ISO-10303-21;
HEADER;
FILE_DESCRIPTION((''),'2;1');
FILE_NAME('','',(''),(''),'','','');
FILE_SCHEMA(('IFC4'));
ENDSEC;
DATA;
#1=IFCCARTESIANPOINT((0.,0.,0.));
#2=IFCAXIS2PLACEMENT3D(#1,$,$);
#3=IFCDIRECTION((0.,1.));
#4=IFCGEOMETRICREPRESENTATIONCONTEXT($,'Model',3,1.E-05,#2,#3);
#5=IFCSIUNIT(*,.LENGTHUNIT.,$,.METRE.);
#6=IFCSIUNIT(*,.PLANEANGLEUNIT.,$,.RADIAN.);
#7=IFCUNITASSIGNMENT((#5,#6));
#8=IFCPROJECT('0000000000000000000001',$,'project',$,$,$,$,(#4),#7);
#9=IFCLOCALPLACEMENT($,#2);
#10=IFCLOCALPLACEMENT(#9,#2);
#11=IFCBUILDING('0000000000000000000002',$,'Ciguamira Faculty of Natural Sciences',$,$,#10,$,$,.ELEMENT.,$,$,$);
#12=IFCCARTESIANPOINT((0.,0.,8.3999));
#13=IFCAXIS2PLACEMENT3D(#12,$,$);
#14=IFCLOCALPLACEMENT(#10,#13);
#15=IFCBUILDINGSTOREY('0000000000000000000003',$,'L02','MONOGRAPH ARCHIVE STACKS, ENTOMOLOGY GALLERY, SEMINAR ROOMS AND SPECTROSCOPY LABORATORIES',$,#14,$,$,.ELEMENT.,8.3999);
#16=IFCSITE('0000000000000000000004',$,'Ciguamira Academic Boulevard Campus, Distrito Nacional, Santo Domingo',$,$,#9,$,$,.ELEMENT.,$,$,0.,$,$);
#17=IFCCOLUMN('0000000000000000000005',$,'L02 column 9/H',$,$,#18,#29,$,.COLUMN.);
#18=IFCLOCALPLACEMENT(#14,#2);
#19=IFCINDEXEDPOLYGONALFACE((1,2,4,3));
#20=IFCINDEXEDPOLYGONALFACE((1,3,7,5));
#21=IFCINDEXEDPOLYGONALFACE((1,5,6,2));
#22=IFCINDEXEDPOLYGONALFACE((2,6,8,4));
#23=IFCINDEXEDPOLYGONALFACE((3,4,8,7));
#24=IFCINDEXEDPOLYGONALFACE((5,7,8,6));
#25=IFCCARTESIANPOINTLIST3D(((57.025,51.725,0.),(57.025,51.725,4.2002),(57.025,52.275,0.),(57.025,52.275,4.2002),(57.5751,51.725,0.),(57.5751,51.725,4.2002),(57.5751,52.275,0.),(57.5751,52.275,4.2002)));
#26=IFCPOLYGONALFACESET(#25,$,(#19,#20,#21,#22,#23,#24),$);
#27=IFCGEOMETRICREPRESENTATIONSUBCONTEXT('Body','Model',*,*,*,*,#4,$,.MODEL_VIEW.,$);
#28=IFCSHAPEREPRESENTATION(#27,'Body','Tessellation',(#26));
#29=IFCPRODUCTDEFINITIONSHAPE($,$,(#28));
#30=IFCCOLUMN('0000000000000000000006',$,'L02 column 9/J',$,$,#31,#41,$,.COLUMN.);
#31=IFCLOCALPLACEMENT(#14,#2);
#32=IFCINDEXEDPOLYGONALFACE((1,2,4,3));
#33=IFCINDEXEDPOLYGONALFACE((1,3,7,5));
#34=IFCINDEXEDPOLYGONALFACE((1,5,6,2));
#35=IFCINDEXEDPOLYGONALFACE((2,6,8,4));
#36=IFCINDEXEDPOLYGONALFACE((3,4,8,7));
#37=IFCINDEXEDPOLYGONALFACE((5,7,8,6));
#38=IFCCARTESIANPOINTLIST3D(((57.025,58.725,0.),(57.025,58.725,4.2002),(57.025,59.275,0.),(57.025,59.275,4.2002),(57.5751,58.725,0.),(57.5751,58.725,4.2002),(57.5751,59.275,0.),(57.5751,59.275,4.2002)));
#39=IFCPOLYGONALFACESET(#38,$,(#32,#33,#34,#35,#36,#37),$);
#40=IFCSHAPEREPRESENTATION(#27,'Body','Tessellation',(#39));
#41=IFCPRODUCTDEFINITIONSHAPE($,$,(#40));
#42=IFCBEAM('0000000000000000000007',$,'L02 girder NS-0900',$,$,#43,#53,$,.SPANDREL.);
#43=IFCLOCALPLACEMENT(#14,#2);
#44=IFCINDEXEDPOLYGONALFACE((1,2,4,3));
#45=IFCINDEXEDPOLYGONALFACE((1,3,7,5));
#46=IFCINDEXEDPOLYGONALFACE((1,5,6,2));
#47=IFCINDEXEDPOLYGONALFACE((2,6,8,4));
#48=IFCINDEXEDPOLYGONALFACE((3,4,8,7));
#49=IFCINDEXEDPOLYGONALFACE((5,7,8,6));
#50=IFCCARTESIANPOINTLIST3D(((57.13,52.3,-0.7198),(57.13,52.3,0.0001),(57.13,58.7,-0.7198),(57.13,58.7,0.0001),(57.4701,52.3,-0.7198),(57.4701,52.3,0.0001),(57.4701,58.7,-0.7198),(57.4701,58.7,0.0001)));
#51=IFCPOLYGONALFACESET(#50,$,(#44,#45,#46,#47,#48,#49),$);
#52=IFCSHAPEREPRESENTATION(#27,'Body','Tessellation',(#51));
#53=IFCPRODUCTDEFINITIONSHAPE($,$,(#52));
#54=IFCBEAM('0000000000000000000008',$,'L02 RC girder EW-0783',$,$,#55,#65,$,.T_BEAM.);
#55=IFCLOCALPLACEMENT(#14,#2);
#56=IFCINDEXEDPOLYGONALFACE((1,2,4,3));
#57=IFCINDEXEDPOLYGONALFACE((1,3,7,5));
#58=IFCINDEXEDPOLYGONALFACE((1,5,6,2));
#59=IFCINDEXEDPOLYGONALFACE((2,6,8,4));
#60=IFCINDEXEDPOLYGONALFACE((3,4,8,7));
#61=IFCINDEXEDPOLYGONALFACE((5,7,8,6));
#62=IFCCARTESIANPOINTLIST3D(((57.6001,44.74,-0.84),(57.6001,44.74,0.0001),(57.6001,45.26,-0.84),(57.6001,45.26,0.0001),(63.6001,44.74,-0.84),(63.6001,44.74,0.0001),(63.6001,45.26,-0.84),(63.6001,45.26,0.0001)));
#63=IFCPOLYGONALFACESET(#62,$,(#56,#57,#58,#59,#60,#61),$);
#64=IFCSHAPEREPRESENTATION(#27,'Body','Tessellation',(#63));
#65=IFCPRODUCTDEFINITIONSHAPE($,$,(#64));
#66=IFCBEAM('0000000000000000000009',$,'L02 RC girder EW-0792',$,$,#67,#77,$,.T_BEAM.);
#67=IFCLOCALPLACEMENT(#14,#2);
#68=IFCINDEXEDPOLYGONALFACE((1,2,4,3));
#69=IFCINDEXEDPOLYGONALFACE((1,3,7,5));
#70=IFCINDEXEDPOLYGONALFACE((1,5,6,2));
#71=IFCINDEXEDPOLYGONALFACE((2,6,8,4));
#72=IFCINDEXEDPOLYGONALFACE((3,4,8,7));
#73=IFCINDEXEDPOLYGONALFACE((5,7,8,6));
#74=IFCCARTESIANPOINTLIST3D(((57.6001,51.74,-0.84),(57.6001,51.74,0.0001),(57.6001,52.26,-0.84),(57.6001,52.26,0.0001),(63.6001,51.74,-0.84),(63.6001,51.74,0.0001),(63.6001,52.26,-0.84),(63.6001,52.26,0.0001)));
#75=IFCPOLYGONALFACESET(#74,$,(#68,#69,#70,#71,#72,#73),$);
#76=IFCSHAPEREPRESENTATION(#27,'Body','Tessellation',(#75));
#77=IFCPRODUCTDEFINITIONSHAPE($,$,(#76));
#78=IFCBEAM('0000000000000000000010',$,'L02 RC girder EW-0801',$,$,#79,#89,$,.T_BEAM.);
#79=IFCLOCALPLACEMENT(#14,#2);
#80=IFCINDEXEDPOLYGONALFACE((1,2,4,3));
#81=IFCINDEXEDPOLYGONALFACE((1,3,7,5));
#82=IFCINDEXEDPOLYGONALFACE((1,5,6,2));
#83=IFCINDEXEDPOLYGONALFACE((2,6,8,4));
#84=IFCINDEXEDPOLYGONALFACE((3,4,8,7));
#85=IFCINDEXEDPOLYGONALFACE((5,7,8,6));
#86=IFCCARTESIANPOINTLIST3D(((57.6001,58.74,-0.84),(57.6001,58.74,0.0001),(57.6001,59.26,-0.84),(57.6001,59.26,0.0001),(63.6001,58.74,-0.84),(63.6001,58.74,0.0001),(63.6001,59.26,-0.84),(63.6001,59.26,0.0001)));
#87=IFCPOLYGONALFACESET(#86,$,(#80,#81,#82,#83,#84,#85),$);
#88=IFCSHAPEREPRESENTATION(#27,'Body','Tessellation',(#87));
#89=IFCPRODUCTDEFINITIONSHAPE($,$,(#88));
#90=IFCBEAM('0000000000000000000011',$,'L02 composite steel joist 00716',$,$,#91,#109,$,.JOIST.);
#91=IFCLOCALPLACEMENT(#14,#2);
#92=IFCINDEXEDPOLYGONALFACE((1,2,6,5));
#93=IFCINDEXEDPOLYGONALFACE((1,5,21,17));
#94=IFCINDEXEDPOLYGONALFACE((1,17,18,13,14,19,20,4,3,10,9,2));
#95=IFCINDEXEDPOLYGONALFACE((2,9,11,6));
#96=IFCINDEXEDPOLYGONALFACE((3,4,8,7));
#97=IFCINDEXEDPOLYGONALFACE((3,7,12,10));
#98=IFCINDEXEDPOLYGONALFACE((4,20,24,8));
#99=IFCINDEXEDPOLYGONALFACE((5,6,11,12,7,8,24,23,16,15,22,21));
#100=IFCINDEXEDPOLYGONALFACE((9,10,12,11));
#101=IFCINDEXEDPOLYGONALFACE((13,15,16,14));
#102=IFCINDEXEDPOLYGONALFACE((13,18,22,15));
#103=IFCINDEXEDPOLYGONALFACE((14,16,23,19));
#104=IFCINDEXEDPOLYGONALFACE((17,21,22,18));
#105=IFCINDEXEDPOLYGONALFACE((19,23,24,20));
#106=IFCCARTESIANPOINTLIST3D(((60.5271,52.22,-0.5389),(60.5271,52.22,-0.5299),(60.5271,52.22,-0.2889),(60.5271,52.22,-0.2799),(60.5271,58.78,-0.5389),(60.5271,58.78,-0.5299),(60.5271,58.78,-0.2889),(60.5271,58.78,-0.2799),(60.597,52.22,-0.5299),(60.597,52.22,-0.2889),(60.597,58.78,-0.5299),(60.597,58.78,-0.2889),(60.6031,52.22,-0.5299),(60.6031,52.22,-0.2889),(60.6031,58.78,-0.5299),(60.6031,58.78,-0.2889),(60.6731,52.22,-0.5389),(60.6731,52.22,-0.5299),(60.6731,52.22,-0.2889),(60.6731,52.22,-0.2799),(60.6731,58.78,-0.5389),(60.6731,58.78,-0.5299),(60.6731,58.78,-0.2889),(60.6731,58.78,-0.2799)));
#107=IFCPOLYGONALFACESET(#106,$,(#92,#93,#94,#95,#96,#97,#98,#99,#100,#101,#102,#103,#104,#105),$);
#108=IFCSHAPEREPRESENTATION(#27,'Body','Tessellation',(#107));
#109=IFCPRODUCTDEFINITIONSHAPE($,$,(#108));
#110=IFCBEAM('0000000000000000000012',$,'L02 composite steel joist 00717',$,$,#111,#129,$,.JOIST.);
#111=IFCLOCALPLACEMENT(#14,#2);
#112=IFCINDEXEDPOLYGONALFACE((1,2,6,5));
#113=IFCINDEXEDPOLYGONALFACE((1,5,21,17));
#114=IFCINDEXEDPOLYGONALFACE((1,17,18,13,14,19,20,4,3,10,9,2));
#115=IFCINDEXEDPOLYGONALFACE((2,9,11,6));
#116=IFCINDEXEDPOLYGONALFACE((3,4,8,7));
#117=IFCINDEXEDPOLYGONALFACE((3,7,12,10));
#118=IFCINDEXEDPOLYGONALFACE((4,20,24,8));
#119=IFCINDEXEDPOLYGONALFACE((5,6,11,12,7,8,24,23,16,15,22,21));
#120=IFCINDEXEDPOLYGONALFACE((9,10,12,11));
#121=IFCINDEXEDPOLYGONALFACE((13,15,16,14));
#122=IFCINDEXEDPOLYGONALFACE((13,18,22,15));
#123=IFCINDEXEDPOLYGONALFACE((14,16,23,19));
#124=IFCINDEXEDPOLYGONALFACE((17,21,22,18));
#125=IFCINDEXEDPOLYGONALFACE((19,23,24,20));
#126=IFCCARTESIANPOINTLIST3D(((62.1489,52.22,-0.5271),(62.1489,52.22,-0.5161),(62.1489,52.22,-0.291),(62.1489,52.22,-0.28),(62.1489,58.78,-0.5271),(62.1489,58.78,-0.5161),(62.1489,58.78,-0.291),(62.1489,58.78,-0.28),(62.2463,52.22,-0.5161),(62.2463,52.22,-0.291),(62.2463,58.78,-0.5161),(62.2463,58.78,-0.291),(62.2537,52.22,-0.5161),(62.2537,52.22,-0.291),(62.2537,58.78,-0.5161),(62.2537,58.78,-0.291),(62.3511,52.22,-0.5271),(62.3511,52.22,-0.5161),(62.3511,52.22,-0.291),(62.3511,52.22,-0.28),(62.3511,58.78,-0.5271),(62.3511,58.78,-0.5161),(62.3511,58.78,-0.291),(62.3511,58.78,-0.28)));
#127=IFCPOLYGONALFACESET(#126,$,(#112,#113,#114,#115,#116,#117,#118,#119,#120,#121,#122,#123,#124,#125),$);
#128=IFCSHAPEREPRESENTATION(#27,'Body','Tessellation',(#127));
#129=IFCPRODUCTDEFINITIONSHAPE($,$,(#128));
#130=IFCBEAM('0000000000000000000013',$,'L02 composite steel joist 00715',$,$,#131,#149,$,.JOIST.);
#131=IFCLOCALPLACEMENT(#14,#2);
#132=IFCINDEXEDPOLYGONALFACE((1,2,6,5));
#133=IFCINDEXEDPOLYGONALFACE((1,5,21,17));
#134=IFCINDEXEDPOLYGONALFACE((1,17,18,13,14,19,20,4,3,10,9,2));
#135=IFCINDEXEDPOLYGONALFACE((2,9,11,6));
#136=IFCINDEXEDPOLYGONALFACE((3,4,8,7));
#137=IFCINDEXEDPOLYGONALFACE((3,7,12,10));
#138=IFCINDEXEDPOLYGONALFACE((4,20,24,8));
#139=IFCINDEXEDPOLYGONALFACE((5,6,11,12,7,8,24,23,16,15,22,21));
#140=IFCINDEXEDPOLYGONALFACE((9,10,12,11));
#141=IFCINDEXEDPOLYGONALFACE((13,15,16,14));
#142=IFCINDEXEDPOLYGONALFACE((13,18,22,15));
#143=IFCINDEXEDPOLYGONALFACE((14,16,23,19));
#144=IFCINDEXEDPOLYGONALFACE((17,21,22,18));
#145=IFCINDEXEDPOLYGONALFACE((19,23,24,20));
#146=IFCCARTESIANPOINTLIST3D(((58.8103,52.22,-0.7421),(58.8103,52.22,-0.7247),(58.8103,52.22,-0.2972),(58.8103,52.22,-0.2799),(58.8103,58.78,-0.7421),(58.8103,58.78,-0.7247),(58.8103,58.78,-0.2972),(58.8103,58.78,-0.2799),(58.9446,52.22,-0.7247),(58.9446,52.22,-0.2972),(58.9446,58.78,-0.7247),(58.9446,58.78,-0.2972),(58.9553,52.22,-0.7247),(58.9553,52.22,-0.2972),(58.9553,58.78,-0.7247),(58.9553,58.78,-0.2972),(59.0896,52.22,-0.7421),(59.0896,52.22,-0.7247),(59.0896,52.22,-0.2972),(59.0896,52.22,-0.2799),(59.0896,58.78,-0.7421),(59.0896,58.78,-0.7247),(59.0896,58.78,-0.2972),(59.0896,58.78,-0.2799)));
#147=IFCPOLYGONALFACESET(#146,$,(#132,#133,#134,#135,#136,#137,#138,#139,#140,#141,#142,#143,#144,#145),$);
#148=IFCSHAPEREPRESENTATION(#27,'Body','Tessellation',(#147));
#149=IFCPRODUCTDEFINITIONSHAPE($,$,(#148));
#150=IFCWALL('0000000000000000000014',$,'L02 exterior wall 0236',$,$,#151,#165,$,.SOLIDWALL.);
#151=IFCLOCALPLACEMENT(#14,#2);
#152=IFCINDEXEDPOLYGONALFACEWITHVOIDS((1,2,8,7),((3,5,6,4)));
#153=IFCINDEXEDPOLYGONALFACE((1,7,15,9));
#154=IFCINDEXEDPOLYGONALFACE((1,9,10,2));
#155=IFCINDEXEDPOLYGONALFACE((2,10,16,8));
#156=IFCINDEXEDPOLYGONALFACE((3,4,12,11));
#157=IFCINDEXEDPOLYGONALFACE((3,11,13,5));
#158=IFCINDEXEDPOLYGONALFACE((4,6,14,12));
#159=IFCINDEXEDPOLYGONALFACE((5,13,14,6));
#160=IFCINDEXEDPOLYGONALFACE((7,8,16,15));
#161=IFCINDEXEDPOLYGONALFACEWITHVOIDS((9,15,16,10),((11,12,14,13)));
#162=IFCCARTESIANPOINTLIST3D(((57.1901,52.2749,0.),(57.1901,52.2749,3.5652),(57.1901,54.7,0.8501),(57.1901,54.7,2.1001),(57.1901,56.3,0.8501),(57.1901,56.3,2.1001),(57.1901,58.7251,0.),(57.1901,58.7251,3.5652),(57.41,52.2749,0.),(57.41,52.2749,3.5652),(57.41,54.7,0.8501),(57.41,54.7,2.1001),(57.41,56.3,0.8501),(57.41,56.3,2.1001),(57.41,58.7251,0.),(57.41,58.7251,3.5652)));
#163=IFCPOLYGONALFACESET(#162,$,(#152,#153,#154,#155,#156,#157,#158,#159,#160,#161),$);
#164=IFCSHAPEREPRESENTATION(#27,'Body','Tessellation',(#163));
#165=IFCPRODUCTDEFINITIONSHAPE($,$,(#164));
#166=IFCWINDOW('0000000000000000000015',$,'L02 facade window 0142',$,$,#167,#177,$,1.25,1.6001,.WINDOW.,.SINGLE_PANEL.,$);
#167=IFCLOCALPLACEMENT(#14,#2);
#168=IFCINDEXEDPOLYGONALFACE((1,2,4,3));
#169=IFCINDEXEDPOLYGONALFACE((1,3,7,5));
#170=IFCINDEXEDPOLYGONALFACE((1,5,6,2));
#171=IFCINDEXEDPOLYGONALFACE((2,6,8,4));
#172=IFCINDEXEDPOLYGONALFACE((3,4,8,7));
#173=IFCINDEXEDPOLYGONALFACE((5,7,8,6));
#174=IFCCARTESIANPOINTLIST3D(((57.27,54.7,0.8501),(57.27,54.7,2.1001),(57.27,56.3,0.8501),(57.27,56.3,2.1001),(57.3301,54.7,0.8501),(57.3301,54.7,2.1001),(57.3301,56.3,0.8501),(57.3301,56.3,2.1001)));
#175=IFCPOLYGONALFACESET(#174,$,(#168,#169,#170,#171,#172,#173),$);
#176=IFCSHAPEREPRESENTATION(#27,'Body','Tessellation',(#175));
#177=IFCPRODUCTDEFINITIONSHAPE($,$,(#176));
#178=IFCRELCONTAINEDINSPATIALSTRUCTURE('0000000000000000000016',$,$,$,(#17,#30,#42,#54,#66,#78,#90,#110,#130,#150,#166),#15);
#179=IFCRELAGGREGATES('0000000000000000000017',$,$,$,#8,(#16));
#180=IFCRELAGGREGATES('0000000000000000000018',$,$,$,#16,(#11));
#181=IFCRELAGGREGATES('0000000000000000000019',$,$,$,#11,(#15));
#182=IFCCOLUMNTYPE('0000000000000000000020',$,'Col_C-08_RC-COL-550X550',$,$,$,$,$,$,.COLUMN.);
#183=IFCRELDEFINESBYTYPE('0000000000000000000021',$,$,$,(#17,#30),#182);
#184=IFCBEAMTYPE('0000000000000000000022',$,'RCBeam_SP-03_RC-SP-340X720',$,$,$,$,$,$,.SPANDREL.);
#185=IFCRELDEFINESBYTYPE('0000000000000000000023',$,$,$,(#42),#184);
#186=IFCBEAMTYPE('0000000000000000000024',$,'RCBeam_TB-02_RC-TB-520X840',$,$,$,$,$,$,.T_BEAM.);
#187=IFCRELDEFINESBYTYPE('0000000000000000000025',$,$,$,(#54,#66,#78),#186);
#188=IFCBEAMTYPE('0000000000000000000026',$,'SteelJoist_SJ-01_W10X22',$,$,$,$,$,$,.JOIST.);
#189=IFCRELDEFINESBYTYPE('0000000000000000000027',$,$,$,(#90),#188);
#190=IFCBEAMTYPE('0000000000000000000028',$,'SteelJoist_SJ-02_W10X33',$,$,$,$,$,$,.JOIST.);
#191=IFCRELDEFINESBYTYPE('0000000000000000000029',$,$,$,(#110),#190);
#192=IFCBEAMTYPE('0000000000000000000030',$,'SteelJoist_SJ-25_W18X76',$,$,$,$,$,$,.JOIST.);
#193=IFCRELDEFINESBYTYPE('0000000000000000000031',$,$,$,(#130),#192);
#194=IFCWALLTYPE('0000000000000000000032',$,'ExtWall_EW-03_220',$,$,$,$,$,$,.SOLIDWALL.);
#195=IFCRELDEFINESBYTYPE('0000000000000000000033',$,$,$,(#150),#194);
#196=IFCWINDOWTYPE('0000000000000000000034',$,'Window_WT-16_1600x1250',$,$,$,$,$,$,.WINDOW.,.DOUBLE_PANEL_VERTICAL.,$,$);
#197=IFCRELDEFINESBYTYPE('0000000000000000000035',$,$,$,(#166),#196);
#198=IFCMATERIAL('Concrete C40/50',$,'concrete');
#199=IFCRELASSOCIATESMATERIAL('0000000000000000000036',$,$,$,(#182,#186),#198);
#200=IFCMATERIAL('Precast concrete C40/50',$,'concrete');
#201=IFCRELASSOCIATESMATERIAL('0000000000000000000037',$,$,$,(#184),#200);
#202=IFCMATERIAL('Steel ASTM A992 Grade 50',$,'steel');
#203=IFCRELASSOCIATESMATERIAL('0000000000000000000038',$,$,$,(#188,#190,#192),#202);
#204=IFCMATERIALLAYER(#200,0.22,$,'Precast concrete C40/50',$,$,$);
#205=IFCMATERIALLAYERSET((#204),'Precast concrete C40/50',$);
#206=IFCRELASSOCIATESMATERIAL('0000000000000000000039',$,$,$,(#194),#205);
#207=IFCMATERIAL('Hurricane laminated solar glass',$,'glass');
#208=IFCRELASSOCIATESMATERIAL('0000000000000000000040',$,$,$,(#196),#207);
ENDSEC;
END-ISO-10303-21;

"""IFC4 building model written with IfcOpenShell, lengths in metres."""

from ifc_helpers import new_model, si_unit, direction, frame, frame_2d, origin, origin_2d, place, context, subcontext, project, spatial, rectangle, i_section, extrude, material, layer, layer_set, material_profile, profile_set, type_object, element, fill, save


model = new_model("IFC4")

# Units and contexts
model_context = context("Model", 3, precision=1e-05, world=origin(), true_north=direction((0.0, 1.0)))
body_context = subcontext(model_context, "Body", "Model", "MODEL_VIEW")
ifc_project = project(units=[si_unit("LENGTHUNIT", "METRE"), si_unit("PLANEANGLEUNIT", "RADIAN")], contexts=[model_context])

# Site, building, storey
site_placement = place(None, origin())
site = spatial("IfcSite", under=ifc_project, at=site_placement, Name="Ciguamira Academic Boulevard Campus, Distrito Nacional, Santo Domingo", CompositionType="ELEMENT", RefElevation=0.0)
building_placement = place(site_placement, origin())
building = spatial("IfcBuilding", under=site, at=building_placement, Name="Ciguamira Faculty of Natural Sciences", CompositionType="ELEMENT")
storey_placement = place(building_placement, frame((0.0, 0.0, 8.3999)))
storey = spatial("IfcBuildingStorey", under=building, at=storey_placement, Name="L02", Description="MONOGRAPH ARCHIVE STACKS, ENTOMOLOGY GALLERY, SEMINAR ROOMS AND SPECTROSCOPY LABORATORIES", CompositionType="ELEMENT", Elevation=8.3999)

# Columns
ifc_material_1 = material(Name="Concrete C40/50", Category="concrete")
ifc_material_profile_1 = material_profile(ifc_material_1, rectangle(XDim=0.55, YDim=0.55, at=origin_2d()), Name="RC-COL-550X550")
ifc_profile_set_1 = profile_set([ifc_material_profile_1], Name="Concrete C40/50")
column_type = type_object("IfcColumnType", Name="Col_C-08_RC-COL-550X550", PredefinedType="COLUMN", material=ifc_profile_set_1)
for number, where, z_axis, x_axis, name in (
    (1, (57.3, 52.0, 0.0), (0.0, 0.0, 1.0), (1.0, 0.0, 0.0), "L02 column 9/H"),
    (2, (57.3, 59.0, 0.0), (0.0, 0.0, 1.0), (1.0, 0.0, 0.0), "L02 column 9/J"),
):
    element("IfcColumn", number, at=place(storey_placement, frame(where, z_axis=z_axis, x_axis=x_axis)), inside=storey, type_object=column_type, Name=name, PredefinedType="COLUMN", context=body_context, shape_type="SweptSolid", body=[
        extrude(rectangle(XDim=0.55, YDim=0.55, at=origin_2d()), origin(), (0.0, 0.0, 1.0), 4.2002),
    ])

# Beams
ifc_material_2 = material(Name="Precast concrete C40/50", Category="concrete")
ifc_material_profile_2 = material_profile(ifc_material_2, rectangle(XDim=0.3401, YDim=0.72, at=origin_2d()), Name="RC-SP-340X720")
ifc_profile_set_2 = profile_set([ifc_material_profile_2], Name="Precast concrete C40/50")
beam_type_1 = type_object("IfcBeamType", Name="RCBeam_SP-03_RC-SP-340X720", PredefinedType="SPANDREL", material=ifc_profile_set_2)
beam_1_placement = place(storey_placement, frame((57.3, 52.3, -0.3599), z_axis=(0.0, 1.0, 0.0), x_axis=(-1.0, 0.0, 0.0)))
element("IfcBeam", 3, at=beam_1_placement, inside=storey, type_object=beam_type_1, Name="L02 girder NS-0900", PredefinedType="SPANDREL", context=body_context, shape_type="SweptSolid", body=[
    extrude(rectangle(XDim=0.3401, YDim=0.72, at=origin_2d()), origin(), (0.0, 0.0, 1.0), 6.3999),
])
ifc_material_profile_3 = material_profile(ifc_material_1, rectangle(XDim=0.52, YDim=0.8401, at=origin_2d()), Name="RC-TB-520X840")
ifc_profile_set_3 = profile_set([ifc_material_profile_3], Name="Concrete C40/50")
beam_type_2 = type_object("IfcBeamType", Name="RCBeam_TB-02_RC-TB-520X840", PredefinedType="T_BEAM", material=ifc_profile_set_3)
for number, where, z_axis, x_axis, name in (
    (4, (57.6001, 45.0, -0.4199), (1.0, 0.0, 0.0), (0.0, 1.0, 0.0), "L02 RC girder EW-0783"),
    (5, (57.6001, 52.0, -0.4199), (1.0, 0.0, 0.0), (0.0, 1.0, 0.0), "L02 RC girder EW-0792"),
    (6, (57.6001, 59.0, -0.4199), (1.0, 0.0, 0.0), (0.0, 1.0, 0.0), "L02 RC girder EW-0801"),
):
    element("IfcBeam", number, at=place(storey_placement, frame(where, z_axis=z_axis, x_axis=x_axis)), inside=storey, type_object=beam_type_2, Name=name, PredefinedType="T_BEAM", context=body_context, shape_type="SweptSolid", body=[
        extrude(rectangle(XDim=0.52, YDim=0.8401, at=origin_2d()), origin(), (0.0, 0.0, 1.0), 6.0),
    ])
ifc_material_3 = material(Name="Steel ASTM A992 Grade 50", Category="steel")
ifc_material_profile_4 = material_profile(ifc_material_3, i_section(OverallWidth=0.146, OverallDepth=0.259, WebThickness=0.0061, FlangeThickness=0.009, at=origin_2d()), Name="W10X22")
ifc_profile_set_4 = profile_set([ifc_material_profile_4], Name="Steel ASTM A992 Grade 50")
beam_type_3 = type_object("IfcBeamType", Name="SteelJoist_SJ-01_W10X22", PredefinedType="JOIST", material=ifc_profile_set_4)
beam_2_placement = place(storey_placement, frame((60.6001, 52.22, -0.4094), z_axis=(0.0, 1.0, 0.0), x_axis=(-1.0, 0.0, 0.0)))
element("IfcBeam", 7, at=beam_2_placement, inside=storey, type_object=beam_type_3, Name="L02 composite steel joist 00716", PredefinedType="JOIST", context=body_context, shape_type="SweptSolid", body=[
    extrude(i_section(OverallWidth=0.146, OverallDepth=0.259, WebThickness=0.0061, FlangeThickness=0.009, at=origin_2d()), origin(), (0.0, 0.0, 1.0), 6.5601),
])
ifc_material_profile_5 = material_profile(ifc_material_3, i_section(OverallWidth=0.2021, OverallDepth=0.2471, WebThickness=0.0073, FlangeThickness=0.011, at=origin_2d()), Name="W10X33")
ifc_profile_set_5 = profile_set([ifc_material_profile_5], Name="Steel ASTM A992 Grade 50")
beam_type_4 = type_object("IfcBeamType", Name="SteelJoist_SJ-02_W10X33", PredefinedType="JOIST", material=ifc_profile_set_5)
beam_3_placement = place(storey_placement, frame((62.25, 52.22, -0.4036), z_axis=(0.0, 1.0, 0.0), x_axis=(-1.0, 0.0, 0.0)))
element("IfcBeam", 8, at=beam_3_placement, inside=storey, type_object=beam_type_4, Name="L02 composite steel joist 00717", PredefinedType="JOIST", context=body_context, shape_type="SweptSolid", body=[
    extrude(i_section(OverallWidth=0.2021, OverallDepth=0.2471, WebThickness=0.0073, FlangeThickness=0.011, at=origin_2d()), origin(), (0.0, 0.0, 1.0), 6.5601),
])
ifc_material_profile_6 = material_profile(ifc_material_3, i_section(OverallWidth=0.2793, OverallDepth=0.4622, WebThickness=0.0107, FlangeThickness=0.0173, at=origin_2d()), Name="W18X76")
ifc_profile_set_6 = profile_set([ifc_material_profile_6], Name="Steel ASTM A992 Grade 50")
beam_type_5 = type_object("IfcBeamType", Name="SteelJoist_SJ-25_W18X76", PredefinedType="JOIST", material=ifc_profile_set_6)
beam_4_placement = place(storey_placement, frame((58.95, 52.22, -0.511), z_axis=(0.0, 1.0, 0.0), x_axis=(-1.0, 0.0, 0.0)))
element("IfcBeam", 9, at=beam_4_placement, inside=storey, type_object=beam_type_5, Name="L02 composite steel joist 00715", PredefinedType="JOIST", context=body_context, shape_type="SweptSolid", body=[
    extrude(i_section(OverallWidth=0.2793, OverallDepth=0.4622, WebThickness=0.0107, FlangeThickness=0.0173, at=origin_2d()), origin(), (0.0, 0.0, 1.0), 6.5601),
])

# Wall, opening, window
ifc_layer_1 = layer(ifc_material_2, 0.22, Name="Precast concrete C40/50")
ifc_layer_set_1 = layer_set([ifc_layer_1], Name="Precast concrete C40/50")
wall_type_1 = type_object("IfcWallType", Name="ExtWall_EW-03_220", PredefinedType="SOLIDWALL", material=ifc_layer_set_1)
wall_1_placement = place(storey_placement, frame((57.3, 52.2749, 0.0), z_axis=(0.0, 0.0, 1.0), x_axis=(0.0, 1.0, 0.0)))
wall_1 = element("IfcWall", 10, at=wall_1_placement, inside=storey, type_object=wall_type_1, Name="L02 exterior wall 0236", PredefinedType="SOLIDWALL", context=body_context, shape_type="SweptSolid", body=[
    extrude(rectangle(XDim=6.4502, YDim=0.22, at=frame_2d((3.2251, 0.0))), origin(), (0.0, 0.0, 1.0), 3.5652),
])
opening_1_placement = place(wall_1_placement, frame((2.425, 0.0, 0.8501)))
opening_1 = element("IfcOpeningElement", 11, at=opening_1_placement, cuts=wall_1, PredefinedType="OPENING", context=body_context, shape_type="SweptSolid", body=[
    extrude(rectangle(XDim=1.6001, YDim=1.25, at=frame_2d((0.8, 0.625))), frame((0.0, 0.1199, 0.0), z_axis=(0.0, -1.0, 0.0), x_axis=(1.0, 0.0, 0.0)), (0.0, 0.0, 1.0), 0.24),
])
ifc_material_4 = material(Name="Hurricane laminated solar glass", Category="glass")
window_type = type_object("IfcWindowType", Name="Window_WT-16_1600x1250", PartitioningType="DOUBLE_PANEL_VERTICAL", PredefinedType="WINDOW", material=ifc_material_4)
window_placement = place(opening_1_placement, origin())
window = element("IfcWindow", 12, at=window_placement, inside=storey, type_object=window_type, Name="L02 facade window 0142", OverallHeight=1.25, OverallWidth=1.6001, PartitioningType="SINGLE_PANEL", PredefinedType="WINDOW", context=body_context, shape_type="SweptSolid", body=[
    extrude(rectangle(XDim=1.6001, YDim=1.25, at=frame_2d((0.8, 0.625))), frame((0.0, 0.03, 0.0), z_axis=(0.0, -1.0, 0.0), x_axis=(1.0, 0.0, 0.0)), (0.0, 0.0, 1.0), 0.0601),
])
fill(opening_1, window)

save(model, "model.ifc")
